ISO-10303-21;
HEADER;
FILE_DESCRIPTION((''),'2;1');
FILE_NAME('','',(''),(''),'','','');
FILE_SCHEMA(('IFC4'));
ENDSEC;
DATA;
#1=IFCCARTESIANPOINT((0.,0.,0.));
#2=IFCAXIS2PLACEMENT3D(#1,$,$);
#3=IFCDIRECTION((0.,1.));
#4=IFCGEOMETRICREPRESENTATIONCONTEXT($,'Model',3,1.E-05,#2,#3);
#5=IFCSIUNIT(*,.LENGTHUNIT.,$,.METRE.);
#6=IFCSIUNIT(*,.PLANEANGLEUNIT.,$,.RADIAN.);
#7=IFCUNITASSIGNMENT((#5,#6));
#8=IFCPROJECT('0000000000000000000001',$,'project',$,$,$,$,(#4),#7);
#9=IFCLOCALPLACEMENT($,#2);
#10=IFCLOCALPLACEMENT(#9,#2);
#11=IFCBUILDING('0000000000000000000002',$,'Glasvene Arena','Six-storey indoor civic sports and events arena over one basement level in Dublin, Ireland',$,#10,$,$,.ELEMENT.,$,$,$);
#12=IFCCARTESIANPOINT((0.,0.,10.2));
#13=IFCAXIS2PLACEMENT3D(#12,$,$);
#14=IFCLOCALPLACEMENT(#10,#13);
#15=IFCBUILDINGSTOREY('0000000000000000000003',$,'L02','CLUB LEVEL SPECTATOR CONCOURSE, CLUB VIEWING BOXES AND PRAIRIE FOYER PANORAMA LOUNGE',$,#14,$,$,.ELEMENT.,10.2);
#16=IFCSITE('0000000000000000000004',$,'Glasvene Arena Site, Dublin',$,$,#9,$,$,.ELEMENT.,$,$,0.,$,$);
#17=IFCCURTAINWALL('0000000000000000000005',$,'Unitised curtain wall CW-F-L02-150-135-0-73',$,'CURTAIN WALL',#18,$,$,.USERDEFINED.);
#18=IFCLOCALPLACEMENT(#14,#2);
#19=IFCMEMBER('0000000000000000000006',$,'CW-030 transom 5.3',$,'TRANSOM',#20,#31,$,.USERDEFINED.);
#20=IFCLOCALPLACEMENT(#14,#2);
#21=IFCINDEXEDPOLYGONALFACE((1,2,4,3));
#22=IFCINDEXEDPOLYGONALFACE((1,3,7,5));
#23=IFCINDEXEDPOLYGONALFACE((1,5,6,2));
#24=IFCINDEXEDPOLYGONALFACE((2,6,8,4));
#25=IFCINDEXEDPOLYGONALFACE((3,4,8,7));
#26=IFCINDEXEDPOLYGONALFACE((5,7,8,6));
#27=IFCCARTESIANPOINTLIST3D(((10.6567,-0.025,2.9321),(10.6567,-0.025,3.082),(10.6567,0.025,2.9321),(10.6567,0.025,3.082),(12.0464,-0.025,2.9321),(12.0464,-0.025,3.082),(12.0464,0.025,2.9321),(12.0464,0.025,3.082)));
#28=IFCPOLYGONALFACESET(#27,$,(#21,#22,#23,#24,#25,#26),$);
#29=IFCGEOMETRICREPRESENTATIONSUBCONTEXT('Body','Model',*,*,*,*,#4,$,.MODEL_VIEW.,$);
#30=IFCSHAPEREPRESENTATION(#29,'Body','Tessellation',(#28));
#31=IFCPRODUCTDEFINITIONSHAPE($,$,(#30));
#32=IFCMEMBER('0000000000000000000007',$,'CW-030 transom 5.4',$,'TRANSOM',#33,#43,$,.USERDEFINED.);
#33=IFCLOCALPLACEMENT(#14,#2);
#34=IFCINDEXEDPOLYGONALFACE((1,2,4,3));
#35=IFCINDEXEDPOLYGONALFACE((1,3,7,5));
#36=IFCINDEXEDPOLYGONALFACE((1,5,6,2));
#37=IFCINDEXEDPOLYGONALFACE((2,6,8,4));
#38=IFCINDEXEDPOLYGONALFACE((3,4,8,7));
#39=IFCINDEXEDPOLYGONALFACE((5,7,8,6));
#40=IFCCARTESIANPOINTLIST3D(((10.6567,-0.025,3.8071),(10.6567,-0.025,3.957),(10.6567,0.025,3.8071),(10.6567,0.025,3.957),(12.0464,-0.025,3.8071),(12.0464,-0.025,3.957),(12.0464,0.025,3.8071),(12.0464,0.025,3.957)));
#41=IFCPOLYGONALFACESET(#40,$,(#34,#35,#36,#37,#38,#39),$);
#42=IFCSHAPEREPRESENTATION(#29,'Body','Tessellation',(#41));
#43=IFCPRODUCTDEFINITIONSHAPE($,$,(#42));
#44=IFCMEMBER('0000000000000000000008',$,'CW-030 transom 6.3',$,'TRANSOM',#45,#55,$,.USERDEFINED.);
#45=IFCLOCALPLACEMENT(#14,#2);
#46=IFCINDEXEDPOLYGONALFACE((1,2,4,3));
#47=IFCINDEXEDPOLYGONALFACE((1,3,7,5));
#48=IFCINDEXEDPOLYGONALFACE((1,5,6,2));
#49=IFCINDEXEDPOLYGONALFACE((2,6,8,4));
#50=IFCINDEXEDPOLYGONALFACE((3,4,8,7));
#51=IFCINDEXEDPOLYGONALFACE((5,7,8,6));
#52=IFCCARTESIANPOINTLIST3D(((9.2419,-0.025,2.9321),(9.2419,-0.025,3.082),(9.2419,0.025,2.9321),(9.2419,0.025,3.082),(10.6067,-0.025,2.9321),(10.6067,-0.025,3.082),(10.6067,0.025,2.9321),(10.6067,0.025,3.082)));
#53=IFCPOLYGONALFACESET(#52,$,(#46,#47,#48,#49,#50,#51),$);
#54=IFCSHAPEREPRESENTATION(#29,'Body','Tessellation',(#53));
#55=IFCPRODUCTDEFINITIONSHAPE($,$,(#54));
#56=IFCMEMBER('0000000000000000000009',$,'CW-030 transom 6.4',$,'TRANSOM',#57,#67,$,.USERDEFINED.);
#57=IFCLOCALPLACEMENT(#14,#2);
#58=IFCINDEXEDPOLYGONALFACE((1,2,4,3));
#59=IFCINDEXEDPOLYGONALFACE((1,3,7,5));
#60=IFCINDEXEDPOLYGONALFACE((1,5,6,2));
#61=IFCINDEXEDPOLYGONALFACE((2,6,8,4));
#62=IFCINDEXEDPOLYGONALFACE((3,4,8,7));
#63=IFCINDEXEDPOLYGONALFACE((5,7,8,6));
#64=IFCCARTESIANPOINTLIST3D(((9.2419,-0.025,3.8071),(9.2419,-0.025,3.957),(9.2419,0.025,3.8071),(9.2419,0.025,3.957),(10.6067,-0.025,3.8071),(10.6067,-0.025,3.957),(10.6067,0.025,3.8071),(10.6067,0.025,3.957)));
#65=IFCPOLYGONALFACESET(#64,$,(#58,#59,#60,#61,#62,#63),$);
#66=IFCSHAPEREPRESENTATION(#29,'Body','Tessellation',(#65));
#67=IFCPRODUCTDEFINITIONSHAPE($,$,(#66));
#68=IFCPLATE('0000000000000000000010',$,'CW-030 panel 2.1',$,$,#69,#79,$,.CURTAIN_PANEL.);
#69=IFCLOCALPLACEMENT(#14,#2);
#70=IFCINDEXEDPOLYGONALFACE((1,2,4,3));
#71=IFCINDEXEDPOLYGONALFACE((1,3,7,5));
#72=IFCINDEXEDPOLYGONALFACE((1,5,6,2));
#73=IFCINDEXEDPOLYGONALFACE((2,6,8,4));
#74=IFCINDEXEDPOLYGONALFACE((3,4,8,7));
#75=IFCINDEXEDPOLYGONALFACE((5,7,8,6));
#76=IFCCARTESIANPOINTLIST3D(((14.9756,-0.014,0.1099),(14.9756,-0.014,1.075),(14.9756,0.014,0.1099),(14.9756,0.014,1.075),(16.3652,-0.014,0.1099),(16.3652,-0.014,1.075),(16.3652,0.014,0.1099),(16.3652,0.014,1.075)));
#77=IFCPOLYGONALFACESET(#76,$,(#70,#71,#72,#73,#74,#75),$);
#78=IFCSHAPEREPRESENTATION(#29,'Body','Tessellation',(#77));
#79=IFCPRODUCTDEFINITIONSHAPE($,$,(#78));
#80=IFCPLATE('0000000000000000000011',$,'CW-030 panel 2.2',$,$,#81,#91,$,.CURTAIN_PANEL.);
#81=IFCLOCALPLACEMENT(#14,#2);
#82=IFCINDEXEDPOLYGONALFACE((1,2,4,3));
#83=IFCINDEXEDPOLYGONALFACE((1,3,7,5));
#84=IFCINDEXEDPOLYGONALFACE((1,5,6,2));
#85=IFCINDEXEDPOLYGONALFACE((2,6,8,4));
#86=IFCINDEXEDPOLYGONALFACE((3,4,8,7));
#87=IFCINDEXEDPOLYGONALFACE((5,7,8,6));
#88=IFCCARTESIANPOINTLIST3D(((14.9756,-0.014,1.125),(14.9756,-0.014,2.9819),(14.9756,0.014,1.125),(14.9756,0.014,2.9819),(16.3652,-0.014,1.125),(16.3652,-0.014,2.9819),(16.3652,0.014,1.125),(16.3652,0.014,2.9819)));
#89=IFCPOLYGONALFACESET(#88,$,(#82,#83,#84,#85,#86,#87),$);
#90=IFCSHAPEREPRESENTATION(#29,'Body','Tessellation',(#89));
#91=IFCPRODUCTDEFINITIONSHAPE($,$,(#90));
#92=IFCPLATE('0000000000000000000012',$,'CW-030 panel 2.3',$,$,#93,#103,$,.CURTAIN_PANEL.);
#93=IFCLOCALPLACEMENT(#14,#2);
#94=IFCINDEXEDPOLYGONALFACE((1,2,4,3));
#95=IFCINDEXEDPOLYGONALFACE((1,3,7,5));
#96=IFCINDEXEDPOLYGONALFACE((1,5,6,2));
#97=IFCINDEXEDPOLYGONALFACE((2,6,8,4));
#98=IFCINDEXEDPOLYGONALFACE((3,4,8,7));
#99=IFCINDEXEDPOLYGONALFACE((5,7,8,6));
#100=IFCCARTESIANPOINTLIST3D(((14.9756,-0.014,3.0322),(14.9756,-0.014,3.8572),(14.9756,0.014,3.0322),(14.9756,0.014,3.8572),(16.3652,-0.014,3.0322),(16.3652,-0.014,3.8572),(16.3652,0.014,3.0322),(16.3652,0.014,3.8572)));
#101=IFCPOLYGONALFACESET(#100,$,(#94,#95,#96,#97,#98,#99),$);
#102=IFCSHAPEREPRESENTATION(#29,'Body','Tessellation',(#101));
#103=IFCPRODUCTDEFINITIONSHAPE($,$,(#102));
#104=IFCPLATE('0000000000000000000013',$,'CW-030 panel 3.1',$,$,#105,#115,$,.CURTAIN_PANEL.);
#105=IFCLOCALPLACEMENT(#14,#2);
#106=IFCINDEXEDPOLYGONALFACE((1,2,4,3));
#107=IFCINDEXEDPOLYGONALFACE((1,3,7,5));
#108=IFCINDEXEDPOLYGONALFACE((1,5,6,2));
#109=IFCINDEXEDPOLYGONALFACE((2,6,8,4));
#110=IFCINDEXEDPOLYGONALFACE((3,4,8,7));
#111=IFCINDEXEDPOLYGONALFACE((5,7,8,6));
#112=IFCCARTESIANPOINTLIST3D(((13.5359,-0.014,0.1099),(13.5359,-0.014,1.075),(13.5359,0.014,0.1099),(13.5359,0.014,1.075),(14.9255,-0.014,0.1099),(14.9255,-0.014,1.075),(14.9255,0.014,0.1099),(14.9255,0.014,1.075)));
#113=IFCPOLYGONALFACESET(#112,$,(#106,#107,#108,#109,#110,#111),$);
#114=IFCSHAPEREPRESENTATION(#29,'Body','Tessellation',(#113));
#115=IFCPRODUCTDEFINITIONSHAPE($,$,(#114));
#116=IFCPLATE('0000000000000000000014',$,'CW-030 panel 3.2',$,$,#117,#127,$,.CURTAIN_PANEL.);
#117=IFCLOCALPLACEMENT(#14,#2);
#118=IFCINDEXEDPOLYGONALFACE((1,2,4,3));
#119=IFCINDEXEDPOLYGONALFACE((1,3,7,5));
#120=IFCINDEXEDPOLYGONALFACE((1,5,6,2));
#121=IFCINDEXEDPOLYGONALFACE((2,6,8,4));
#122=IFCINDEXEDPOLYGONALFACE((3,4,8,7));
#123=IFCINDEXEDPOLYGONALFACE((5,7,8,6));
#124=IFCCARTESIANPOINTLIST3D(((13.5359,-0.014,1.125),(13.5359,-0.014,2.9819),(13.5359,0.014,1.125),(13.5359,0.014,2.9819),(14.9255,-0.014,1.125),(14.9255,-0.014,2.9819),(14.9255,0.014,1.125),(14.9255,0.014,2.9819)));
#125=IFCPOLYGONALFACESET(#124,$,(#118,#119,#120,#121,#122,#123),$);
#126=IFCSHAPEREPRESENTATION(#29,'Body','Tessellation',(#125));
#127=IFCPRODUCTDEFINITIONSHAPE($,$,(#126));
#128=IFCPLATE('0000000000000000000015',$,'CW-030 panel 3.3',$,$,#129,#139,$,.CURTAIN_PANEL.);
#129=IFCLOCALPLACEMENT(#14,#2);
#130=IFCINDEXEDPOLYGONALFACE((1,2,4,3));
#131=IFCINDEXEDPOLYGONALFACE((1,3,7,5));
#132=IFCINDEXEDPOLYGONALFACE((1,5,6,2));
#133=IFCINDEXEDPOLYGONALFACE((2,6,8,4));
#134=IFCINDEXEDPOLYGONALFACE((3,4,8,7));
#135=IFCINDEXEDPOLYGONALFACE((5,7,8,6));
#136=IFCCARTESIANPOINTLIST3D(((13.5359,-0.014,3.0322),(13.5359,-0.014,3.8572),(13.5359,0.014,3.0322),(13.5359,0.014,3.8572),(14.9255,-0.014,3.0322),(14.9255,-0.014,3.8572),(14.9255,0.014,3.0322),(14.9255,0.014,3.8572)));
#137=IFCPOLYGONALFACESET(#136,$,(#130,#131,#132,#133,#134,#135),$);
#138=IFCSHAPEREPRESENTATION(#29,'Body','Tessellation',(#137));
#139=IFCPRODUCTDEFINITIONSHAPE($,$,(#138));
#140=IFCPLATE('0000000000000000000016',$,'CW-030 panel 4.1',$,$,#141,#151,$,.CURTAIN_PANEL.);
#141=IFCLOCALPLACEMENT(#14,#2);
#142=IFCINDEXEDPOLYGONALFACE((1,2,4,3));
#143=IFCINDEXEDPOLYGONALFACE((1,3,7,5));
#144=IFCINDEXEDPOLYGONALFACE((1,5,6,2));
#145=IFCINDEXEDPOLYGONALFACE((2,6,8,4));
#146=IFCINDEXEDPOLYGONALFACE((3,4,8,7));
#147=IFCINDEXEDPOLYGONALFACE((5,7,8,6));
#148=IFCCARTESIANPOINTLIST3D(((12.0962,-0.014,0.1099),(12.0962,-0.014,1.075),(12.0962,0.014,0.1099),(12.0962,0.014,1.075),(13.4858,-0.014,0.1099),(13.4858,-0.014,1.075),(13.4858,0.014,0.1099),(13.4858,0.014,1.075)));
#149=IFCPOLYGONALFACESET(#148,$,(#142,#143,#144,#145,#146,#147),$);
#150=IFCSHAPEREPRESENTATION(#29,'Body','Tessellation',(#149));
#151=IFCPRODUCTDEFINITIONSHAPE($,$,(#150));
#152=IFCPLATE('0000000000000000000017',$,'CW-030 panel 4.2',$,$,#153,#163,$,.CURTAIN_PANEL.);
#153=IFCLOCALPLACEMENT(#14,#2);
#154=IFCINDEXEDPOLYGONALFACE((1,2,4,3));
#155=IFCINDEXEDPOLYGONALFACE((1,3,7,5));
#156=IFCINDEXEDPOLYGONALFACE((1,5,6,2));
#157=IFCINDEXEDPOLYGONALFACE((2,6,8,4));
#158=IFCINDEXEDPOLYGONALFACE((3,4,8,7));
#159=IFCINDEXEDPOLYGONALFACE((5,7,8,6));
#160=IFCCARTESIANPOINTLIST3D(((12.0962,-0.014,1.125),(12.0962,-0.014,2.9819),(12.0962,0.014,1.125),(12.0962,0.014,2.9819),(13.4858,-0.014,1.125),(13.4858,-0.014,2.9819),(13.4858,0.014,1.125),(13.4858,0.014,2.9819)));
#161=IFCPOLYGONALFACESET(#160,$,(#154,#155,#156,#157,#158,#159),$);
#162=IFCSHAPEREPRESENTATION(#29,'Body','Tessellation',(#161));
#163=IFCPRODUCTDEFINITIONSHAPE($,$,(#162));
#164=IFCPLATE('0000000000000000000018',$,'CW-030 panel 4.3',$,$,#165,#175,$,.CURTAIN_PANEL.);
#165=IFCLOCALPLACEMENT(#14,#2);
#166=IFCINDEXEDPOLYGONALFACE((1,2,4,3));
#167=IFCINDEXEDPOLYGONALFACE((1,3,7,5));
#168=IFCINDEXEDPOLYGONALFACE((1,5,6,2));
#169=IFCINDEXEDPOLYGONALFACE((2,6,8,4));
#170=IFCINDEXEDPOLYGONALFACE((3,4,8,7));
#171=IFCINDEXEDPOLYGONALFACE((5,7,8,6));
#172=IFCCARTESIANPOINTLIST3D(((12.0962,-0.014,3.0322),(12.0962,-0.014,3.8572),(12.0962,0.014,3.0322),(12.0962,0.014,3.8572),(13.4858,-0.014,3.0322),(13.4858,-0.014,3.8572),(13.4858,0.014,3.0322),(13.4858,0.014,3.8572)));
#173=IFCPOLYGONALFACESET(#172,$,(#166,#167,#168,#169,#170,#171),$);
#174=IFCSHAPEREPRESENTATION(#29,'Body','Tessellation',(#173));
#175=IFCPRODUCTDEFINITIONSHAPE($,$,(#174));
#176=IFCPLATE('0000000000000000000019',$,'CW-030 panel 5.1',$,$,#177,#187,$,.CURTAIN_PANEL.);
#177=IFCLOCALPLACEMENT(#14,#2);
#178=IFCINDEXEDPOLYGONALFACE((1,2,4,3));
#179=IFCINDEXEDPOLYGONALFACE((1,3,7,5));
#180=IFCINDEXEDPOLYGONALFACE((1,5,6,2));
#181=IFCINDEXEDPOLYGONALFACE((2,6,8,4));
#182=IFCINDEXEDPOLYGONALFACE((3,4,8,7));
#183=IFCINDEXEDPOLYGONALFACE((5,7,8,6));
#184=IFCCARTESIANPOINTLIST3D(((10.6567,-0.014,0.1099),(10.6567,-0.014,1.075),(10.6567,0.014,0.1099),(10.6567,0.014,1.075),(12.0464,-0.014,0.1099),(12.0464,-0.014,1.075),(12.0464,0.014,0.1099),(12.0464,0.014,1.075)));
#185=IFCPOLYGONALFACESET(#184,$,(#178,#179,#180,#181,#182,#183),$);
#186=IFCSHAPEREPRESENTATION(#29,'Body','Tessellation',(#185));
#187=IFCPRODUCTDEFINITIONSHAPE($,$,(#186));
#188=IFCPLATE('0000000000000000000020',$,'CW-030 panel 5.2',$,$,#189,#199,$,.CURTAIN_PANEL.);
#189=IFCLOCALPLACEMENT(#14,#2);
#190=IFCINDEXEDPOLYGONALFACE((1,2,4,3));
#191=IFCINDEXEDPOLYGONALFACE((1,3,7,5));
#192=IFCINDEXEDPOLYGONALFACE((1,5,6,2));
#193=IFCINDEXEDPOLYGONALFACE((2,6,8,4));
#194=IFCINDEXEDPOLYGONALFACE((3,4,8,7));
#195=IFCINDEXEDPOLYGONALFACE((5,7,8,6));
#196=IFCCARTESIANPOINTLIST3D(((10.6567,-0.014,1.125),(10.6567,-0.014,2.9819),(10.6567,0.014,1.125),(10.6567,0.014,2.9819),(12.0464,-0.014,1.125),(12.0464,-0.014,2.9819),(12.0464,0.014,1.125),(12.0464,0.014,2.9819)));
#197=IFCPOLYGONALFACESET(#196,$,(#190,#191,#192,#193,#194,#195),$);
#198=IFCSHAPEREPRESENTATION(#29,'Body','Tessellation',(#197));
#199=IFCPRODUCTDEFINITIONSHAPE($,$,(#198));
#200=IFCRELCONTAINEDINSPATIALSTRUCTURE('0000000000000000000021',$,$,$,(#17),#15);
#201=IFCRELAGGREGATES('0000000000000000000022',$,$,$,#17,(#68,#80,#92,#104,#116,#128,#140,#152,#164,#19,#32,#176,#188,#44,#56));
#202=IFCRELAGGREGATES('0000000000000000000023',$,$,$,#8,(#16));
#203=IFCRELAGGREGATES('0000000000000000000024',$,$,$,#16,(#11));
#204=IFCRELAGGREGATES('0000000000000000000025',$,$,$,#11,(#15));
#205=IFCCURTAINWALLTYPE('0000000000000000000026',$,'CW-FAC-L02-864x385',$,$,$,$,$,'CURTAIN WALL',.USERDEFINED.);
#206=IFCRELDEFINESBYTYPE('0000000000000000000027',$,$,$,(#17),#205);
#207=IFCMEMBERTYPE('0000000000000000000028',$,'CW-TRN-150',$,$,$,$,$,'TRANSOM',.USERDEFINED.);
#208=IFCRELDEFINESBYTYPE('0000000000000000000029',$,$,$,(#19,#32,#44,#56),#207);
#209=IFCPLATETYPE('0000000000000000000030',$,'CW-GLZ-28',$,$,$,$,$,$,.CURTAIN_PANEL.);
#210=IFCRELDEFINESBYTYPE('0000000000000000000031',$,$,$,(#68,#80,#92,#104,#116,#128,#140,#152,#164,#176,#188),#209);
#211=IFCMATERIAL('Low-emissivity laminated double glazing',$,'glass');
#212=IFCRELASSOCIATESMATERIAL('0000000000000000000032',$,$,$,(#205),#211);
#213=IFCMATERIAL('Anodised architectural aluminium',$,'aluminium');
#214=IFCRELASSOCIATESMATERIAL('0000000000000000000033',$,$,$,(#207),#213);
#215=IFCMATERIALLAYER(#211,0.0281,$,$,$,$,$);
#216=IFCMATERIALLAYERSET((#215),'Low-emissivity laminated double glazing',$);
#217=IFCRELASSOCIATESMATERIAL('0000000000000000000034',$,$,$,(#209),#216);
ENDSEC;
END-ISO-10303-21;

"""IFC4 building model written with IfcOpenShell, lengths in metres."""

from ifc_helpers import new_model, si_unit, direction, frame, origin, origin_2d, place, context, subcontext, project, spatial, rectangle, extrude, material, layer, layer_set, material_profile, profile_set, type_object, element, aggregate, save


model = new_model("IFC4")

# Units and contexts
model_context = context("Model", 3, precision=1e-05, world=origin(), true_north=direction((0.0, 1.0)))
body_context = subcontext(model_context, "Body", "Model", "MODEL_VIEW")
ifc_project = project(units=[si_unit("LENGTHUNIT", "METRE"), si_unit("PLANEANGLEUNIT", "RADIAN")], contexts=[model_context])

# Site, building, storey
site_placement = place(None, origin())
site = spatial("IfcSite", under=ifc_project, at=site_placement, Name="Glasvene Arena Site, Dublin", CompositionType="ELEMENT", RefElevation=0.0)
building_placement = place(site_placement, origin())
building = spatial("IfcBuilding", under=site, at=building_placement, Name="Glasvene Arena", Description="Six-storey indoor civic sports and events arena over one basement level in Dublin, Ireland", CompositionType="ELEMENT")
storey_placement = place(building_placement, frame((0.0, 0.0, 10.2)))
storey = spatial("IfcBuildingStorey", under=building, at=storey_placement, Name="L02", Description="CLUB LEVEL SPECTATOR CONCOURSE, CLUB VIEWING BOXES AND PRAIRIE FOYER PANORAMA LOUNGE", CompositionType="ELEMENT", Elevation=10.2)

# Curtain wall, members, plates
ifc_material_1 = material(Name="Low-emissivity laminated double glazing", Category="glass")
curtain_wall_type = type_object("IfcCurtainWallType", Name="CW-FAC-L02-864x385", ElementType="CURTAIN WALL", PredefinedType="USERDEFINED", material=ifc_material_1)
curtain_wall_placement = place(storey_placement, frame((17.8298, 0.0, 0.0)))
curtain_wall = element("IfcCurtainWall", 1, at=curtain_wall_placement, inside=storey, type_object=curtain_wall_type, Name="Unitised curtain wall CW-F-L02-150-135-0-73", ObjectType="CURTAIN WALL", PredefinedType="USERDEFINED")
ifc_material_2 = material(Name="Anodised architectural aluminium", Category="aluminium")
ifc_material_profile_1 = material_profile(ifc_material_2, rectangle(XDim=0.05, YDim=0.1499, at=origin_2d()), Name="ALU TRANSOM 50x150")
ifc_profile_set_1 = profile_set([ifc_material_profile_1], Name="Anodised architectural aluminium")
member_type_1 = type_object("IfcMemberType", Name="CW-TRN-150", ElementType="TRANSOM", PredefinedType="USERDEFINED", material=ifc_profile_set_1)
member_1_placement = place(storey_placement, frame((12.0464, 0.0, 3.0071), z_axis=(-1.0, 0.0, 0.0), x_axis=(0.0, -1.0, 0.0)))
member_1 = element("IfcMember", 2, at=member_1_placement, type_object=member_type_1, Name="CW-030 transom 5.3", ObjectType="TRANSOM", PredefinedType="USERDEFINED", context=body_context, shape_type="SweptSolid", body=[
    extrude(rectangle(XDim=0.05, YDim=0.1499, at=origin_2d()), origin(), (0.0, 0.0, 1.0), 1.3896),
])
member_2_placement = place(storey_placement, frame((12.0464, 0.0, 3.8821), z_axis=(-1.0, 0.0, 0.0), x_axis=(0.0, -1.0, 0.0)))
member_2 = element("IfcMember", 3, at=member_2_placement, type_object=member_type_1, Name="CW-030 transom 5.4", ObjectType="TRANSOM", PredefinedType="USERDEFINED", context=body_context, shape_type="SweptSolid", body=[
    extrude(rectangle(XDim=0.05, YDim=0.1499, at=origin_2d()), origin(), (0.0, 0.0, 1.0), 1.3896),
])
member_3_placement = place(storey_placement, frame((10.6067, 0.0, 3.0071), z_axis=(-1.0, 0.0, 0.0), x_axis=(0.0, -1.0, 0.0)))
member_3 = element("IfcMember", 4, at=member_3_placement, type_object=member_type_1, Name="CW-030 transom 6.3", ObjectType="TRANSOM", PredefinedType="USERDEFINED", context=body_context, shape_type="SweptSolid", body=[
    extrude(rectangle(XDim=0.05, YDim=0.1499, at=origin_2d()), origin(), (0.0, 0.0, 1.0), 1.3647),
])
member_4_placement = place(storey_placement, frame((10.6067, 0.0, 3.8821), z_axis=(-1.0, 0.0, 0.0), x_axis=(0.0, -1.0, 0.0)))
member_4 = element("IfcMember", 5, at=member_4_placement, type_object=member_type_1, Name="CW-030 transom 6.4", ObjectType="TRANSOM", PredefinedType="USERDEFINED", context=body_context, shape_type="SweptSolid", body=[
    extrude(rectangle(XDim=0.05, YDim=0.1499, at=origin_2d()), origin(), (0.0, 0.0, 1.0), 1.3647),
])
ifc_layer = layer(ifc_material_1, 0.0281)
ifc_layer_set = layer_set([ifc_layer], Name="Low-emissivity laminated double glazing")
plate_type = type_object("IfcPlateType", Name="CW-GLZ-28", PredefinedType="CURTAIN_PANEL", material=ifc_layer_set)
plate_1_placement = place(storey_placement, frame((15.6704, 0.0, 0.1099), z_axis=(0.0, 0.0, 1.0), x_axis=(-1.0, 0.0, 0.0)))
plate_1 = element("IfcPlate", 6, at=plate_1_placement, type_object=plate_type, Name="CW-030 panel 2.1", PredefinedType="CURTAIN_PANEL", context=body_context, shape_type="SweptSolid", body=[
    extrude(rectangle(XDim=1.3896, YDim=0.0281, at=origin_2d()), origin(), (0.0, 0.0, 1.0), 0.9651),
])
plate_2_placement = place(storey_placement, frame((15.6704, 0.0, 1.125), z_axis=(0.0, 0.0, 1.0), x_axis=(-1.0, 0.0, 0.0)))
plate_2 = element("IfcPlate", 7, at=plate_2_placement, type_object=plate_type, Name="CW-030 panel 2.2", PredefinedType="CURTAIN_PANEL", context=body_context, shape_type="SweptSolid", body=[
    extrude(rectangle(XDim=1.3896, YDim=0.0281, at=origin_2d()), origin(), (0.0, 0.0, 1.0), 1.8569),
])
plate_3_placement = place(storey_placement, frame((15.6704, 0.0, 3.0322), z_axis=(0.0, 0.0, 1.0), x_axis=(-1.0, 0.0, 0.0)))
plate_3 = element("IfcPlate", 8, at=plate_3_placement, type_object=plate_type, Name="CW-030 panel 2.3", PredefinedType="CURTAIN_PANEL", context=body_context, shape_type="SweptSolid", body=[
    extrude(rectangle(XDim=1.3896, YDim=0.0281, at=origin_2d()), origin(), (0.0, 0.0, 1.0), 0.825),
])
plate_4_placement = place(storey_placement, frame((14.2307, 0.0, 0.1099), z_axis=(0.0, 0.0, 1.0), x_axis=(-1.0, 0.0, 0.0)))
plate_4 = element("IfcPlate", 9, at=plate_4_placement, type_object=plate_type, Name="CW-030 panel 3.1", PredefinedType="CURTAIN_PANEL", context=body_context, shape_type="SweptSolid", body=[
    extrude(rectangle(XDim=1.3896, YDim=0.0281, at=origin_2d()), origin(), (0.0, 0.0, 1.0), 0.9651),
])
plate_5_placement = place(storey_placement, frame((14.2307, 0.0, 1.125), z_axis=(0.0, 0.0, 1.0), x_axis=(-1.0, 0.0, 0.0)))
plate_5 = element("IfcPlate", 10, at=plate_5_placement, type_object=plate_type, Name="CW-030 panel 3.2", PredefinedType="CURTAIN_PANEL", context=body_context, shape_type="SweptSolid", body=[
    extrude(rectangle(XDim=1.3896, YDim=0.0281, at=origin_2d()), origin(), (0.0, 0.0, 1.0), 1.8569),
])
plate_6_placement = place(storey_placement, frame((14.2307, 0.0, 3.0322), z_axis=(0.0, 0.0, 1.0), x_axis=(-1.0, 0.0, 0.0)))
plate_6 = element("IfcPlate", 11, at=plate_6_placement, type_object=plate_type, Name="CW-030 panel 3.3", PredefinedType="CURTAIN_PANEL", context=body_context, shape_type="SweptSolid", body=[
    extrude(rectangle(XDim=1.3896, YDim=0.0281, at=origin_2d()), origin(), (0.0, 0.0, 1.0), 0.825),
])
plate_7_placement = place(storey_placement, frame((12.791, 0.0, 0.1099), z_axis=(0.0, 0.0, 1.0), x_axis=(-1.0, 0.0, 0.0)))
plate_7 = element("IfcPlate", 12, at=plate_7_placement, type_object=plate_type, Name="CW-030 panel 4.1", PredefinedType="CURTAIN_PANEL", context=body_context, shape_type="SweptSolid", body=[
    extrude(rectangle(XDim=1.3896, YDim=0.0281, at=origin_2d()), origin(), (0.0, 0.0, 1.0), 0.9651),
])
plate_8_placement = place(storey_placement, frame((12.791, 0.0, 1.125), z_axis=(0.0, 0.0, 1.0), x_axis=(-1.0, 0.0, 0.0)))
plate_8 = element("IfcPlate", 13, at=plate_8_placement, type_object=plate_type, Name="CW-030 panel 4.2", PredefinedType="CURTAIN_PANEL", context=body_context, shape_type="SweptSolid", body=[
    extrude(rectangle(XDim=1.3896, YDim=0.0281, at=origin_2d()), origin(), (0.0, 0.0, 1.0), 1.8569),
])
plate_9_placement = place(storey_placement, frame((12.791, 0.0, 3.0322), z_axis=(0.0, 0.0, 1.0), x_axis=(-1.0, 0.0, 0.0)))
plate_9 = element("IfcPlate", 14, at=plate_9_placement, type_object=plate_type, Name="CW-030 panel 4.3", PredefinedType="CURTAIN_PANEL", context=body_context, shape_type="SweptSolid", body=[
    extrude(rectangle(XDim=1.3896, YDim=0.0281, at=origin_2d()), origin(), (0.0, 0.0, 1.0), 0.825),
])
plate_10_placement = place(storey_placement, frame((11.3516, 0.0, 0.1099), z_axis=(0.0, 0.0, 1.0), x_axis=(-1.0, 0.0, 0.0)))
plate_10 = element("IfcPlate", 15, at=plate_10_placement, type_object=plate_type, Name="CW-030 panel 5.1", PredefinedType="CURTAIN_PANEL", context=body_context, shape_type="SweptSolid", body=[
    extrude(rectangle(XDim=1.3896, YDim=0.0281, at=origin_2d()), origin(), (0.0, 0.0, 1.0), 0.9651),
])
plate_11_placement = place(storey_placement, frame((11.3516, 0.0, 1.125), z_axis=(0.0, 0.0, 1.0), x_axis=(-1.0, 0.0, 0.0)))
plate_11 = element("IfcPlate", 16, at=plate_11_placement, type_object=plate_type, Name="CW-030 panel 5.2", PredefinedType="CURTAIN_PANEL", context=body_context, shape_type="SweptSolid", body=[
    extrude(rectangle(XDim=1.3896, YDim=0.0281, at=origin_2d()), origin(), (0.0, 0.0, 1.0), 1.8569),
])
aggregate(curtain_wall, [plate_1, plate_2, plate_3, plate_4, plate_5, plate_6, plate_7, plate_8, plate_9, member_1, member_2, plate_10, plate_11, member_3, member_4])

save(model, "model.ifc")
